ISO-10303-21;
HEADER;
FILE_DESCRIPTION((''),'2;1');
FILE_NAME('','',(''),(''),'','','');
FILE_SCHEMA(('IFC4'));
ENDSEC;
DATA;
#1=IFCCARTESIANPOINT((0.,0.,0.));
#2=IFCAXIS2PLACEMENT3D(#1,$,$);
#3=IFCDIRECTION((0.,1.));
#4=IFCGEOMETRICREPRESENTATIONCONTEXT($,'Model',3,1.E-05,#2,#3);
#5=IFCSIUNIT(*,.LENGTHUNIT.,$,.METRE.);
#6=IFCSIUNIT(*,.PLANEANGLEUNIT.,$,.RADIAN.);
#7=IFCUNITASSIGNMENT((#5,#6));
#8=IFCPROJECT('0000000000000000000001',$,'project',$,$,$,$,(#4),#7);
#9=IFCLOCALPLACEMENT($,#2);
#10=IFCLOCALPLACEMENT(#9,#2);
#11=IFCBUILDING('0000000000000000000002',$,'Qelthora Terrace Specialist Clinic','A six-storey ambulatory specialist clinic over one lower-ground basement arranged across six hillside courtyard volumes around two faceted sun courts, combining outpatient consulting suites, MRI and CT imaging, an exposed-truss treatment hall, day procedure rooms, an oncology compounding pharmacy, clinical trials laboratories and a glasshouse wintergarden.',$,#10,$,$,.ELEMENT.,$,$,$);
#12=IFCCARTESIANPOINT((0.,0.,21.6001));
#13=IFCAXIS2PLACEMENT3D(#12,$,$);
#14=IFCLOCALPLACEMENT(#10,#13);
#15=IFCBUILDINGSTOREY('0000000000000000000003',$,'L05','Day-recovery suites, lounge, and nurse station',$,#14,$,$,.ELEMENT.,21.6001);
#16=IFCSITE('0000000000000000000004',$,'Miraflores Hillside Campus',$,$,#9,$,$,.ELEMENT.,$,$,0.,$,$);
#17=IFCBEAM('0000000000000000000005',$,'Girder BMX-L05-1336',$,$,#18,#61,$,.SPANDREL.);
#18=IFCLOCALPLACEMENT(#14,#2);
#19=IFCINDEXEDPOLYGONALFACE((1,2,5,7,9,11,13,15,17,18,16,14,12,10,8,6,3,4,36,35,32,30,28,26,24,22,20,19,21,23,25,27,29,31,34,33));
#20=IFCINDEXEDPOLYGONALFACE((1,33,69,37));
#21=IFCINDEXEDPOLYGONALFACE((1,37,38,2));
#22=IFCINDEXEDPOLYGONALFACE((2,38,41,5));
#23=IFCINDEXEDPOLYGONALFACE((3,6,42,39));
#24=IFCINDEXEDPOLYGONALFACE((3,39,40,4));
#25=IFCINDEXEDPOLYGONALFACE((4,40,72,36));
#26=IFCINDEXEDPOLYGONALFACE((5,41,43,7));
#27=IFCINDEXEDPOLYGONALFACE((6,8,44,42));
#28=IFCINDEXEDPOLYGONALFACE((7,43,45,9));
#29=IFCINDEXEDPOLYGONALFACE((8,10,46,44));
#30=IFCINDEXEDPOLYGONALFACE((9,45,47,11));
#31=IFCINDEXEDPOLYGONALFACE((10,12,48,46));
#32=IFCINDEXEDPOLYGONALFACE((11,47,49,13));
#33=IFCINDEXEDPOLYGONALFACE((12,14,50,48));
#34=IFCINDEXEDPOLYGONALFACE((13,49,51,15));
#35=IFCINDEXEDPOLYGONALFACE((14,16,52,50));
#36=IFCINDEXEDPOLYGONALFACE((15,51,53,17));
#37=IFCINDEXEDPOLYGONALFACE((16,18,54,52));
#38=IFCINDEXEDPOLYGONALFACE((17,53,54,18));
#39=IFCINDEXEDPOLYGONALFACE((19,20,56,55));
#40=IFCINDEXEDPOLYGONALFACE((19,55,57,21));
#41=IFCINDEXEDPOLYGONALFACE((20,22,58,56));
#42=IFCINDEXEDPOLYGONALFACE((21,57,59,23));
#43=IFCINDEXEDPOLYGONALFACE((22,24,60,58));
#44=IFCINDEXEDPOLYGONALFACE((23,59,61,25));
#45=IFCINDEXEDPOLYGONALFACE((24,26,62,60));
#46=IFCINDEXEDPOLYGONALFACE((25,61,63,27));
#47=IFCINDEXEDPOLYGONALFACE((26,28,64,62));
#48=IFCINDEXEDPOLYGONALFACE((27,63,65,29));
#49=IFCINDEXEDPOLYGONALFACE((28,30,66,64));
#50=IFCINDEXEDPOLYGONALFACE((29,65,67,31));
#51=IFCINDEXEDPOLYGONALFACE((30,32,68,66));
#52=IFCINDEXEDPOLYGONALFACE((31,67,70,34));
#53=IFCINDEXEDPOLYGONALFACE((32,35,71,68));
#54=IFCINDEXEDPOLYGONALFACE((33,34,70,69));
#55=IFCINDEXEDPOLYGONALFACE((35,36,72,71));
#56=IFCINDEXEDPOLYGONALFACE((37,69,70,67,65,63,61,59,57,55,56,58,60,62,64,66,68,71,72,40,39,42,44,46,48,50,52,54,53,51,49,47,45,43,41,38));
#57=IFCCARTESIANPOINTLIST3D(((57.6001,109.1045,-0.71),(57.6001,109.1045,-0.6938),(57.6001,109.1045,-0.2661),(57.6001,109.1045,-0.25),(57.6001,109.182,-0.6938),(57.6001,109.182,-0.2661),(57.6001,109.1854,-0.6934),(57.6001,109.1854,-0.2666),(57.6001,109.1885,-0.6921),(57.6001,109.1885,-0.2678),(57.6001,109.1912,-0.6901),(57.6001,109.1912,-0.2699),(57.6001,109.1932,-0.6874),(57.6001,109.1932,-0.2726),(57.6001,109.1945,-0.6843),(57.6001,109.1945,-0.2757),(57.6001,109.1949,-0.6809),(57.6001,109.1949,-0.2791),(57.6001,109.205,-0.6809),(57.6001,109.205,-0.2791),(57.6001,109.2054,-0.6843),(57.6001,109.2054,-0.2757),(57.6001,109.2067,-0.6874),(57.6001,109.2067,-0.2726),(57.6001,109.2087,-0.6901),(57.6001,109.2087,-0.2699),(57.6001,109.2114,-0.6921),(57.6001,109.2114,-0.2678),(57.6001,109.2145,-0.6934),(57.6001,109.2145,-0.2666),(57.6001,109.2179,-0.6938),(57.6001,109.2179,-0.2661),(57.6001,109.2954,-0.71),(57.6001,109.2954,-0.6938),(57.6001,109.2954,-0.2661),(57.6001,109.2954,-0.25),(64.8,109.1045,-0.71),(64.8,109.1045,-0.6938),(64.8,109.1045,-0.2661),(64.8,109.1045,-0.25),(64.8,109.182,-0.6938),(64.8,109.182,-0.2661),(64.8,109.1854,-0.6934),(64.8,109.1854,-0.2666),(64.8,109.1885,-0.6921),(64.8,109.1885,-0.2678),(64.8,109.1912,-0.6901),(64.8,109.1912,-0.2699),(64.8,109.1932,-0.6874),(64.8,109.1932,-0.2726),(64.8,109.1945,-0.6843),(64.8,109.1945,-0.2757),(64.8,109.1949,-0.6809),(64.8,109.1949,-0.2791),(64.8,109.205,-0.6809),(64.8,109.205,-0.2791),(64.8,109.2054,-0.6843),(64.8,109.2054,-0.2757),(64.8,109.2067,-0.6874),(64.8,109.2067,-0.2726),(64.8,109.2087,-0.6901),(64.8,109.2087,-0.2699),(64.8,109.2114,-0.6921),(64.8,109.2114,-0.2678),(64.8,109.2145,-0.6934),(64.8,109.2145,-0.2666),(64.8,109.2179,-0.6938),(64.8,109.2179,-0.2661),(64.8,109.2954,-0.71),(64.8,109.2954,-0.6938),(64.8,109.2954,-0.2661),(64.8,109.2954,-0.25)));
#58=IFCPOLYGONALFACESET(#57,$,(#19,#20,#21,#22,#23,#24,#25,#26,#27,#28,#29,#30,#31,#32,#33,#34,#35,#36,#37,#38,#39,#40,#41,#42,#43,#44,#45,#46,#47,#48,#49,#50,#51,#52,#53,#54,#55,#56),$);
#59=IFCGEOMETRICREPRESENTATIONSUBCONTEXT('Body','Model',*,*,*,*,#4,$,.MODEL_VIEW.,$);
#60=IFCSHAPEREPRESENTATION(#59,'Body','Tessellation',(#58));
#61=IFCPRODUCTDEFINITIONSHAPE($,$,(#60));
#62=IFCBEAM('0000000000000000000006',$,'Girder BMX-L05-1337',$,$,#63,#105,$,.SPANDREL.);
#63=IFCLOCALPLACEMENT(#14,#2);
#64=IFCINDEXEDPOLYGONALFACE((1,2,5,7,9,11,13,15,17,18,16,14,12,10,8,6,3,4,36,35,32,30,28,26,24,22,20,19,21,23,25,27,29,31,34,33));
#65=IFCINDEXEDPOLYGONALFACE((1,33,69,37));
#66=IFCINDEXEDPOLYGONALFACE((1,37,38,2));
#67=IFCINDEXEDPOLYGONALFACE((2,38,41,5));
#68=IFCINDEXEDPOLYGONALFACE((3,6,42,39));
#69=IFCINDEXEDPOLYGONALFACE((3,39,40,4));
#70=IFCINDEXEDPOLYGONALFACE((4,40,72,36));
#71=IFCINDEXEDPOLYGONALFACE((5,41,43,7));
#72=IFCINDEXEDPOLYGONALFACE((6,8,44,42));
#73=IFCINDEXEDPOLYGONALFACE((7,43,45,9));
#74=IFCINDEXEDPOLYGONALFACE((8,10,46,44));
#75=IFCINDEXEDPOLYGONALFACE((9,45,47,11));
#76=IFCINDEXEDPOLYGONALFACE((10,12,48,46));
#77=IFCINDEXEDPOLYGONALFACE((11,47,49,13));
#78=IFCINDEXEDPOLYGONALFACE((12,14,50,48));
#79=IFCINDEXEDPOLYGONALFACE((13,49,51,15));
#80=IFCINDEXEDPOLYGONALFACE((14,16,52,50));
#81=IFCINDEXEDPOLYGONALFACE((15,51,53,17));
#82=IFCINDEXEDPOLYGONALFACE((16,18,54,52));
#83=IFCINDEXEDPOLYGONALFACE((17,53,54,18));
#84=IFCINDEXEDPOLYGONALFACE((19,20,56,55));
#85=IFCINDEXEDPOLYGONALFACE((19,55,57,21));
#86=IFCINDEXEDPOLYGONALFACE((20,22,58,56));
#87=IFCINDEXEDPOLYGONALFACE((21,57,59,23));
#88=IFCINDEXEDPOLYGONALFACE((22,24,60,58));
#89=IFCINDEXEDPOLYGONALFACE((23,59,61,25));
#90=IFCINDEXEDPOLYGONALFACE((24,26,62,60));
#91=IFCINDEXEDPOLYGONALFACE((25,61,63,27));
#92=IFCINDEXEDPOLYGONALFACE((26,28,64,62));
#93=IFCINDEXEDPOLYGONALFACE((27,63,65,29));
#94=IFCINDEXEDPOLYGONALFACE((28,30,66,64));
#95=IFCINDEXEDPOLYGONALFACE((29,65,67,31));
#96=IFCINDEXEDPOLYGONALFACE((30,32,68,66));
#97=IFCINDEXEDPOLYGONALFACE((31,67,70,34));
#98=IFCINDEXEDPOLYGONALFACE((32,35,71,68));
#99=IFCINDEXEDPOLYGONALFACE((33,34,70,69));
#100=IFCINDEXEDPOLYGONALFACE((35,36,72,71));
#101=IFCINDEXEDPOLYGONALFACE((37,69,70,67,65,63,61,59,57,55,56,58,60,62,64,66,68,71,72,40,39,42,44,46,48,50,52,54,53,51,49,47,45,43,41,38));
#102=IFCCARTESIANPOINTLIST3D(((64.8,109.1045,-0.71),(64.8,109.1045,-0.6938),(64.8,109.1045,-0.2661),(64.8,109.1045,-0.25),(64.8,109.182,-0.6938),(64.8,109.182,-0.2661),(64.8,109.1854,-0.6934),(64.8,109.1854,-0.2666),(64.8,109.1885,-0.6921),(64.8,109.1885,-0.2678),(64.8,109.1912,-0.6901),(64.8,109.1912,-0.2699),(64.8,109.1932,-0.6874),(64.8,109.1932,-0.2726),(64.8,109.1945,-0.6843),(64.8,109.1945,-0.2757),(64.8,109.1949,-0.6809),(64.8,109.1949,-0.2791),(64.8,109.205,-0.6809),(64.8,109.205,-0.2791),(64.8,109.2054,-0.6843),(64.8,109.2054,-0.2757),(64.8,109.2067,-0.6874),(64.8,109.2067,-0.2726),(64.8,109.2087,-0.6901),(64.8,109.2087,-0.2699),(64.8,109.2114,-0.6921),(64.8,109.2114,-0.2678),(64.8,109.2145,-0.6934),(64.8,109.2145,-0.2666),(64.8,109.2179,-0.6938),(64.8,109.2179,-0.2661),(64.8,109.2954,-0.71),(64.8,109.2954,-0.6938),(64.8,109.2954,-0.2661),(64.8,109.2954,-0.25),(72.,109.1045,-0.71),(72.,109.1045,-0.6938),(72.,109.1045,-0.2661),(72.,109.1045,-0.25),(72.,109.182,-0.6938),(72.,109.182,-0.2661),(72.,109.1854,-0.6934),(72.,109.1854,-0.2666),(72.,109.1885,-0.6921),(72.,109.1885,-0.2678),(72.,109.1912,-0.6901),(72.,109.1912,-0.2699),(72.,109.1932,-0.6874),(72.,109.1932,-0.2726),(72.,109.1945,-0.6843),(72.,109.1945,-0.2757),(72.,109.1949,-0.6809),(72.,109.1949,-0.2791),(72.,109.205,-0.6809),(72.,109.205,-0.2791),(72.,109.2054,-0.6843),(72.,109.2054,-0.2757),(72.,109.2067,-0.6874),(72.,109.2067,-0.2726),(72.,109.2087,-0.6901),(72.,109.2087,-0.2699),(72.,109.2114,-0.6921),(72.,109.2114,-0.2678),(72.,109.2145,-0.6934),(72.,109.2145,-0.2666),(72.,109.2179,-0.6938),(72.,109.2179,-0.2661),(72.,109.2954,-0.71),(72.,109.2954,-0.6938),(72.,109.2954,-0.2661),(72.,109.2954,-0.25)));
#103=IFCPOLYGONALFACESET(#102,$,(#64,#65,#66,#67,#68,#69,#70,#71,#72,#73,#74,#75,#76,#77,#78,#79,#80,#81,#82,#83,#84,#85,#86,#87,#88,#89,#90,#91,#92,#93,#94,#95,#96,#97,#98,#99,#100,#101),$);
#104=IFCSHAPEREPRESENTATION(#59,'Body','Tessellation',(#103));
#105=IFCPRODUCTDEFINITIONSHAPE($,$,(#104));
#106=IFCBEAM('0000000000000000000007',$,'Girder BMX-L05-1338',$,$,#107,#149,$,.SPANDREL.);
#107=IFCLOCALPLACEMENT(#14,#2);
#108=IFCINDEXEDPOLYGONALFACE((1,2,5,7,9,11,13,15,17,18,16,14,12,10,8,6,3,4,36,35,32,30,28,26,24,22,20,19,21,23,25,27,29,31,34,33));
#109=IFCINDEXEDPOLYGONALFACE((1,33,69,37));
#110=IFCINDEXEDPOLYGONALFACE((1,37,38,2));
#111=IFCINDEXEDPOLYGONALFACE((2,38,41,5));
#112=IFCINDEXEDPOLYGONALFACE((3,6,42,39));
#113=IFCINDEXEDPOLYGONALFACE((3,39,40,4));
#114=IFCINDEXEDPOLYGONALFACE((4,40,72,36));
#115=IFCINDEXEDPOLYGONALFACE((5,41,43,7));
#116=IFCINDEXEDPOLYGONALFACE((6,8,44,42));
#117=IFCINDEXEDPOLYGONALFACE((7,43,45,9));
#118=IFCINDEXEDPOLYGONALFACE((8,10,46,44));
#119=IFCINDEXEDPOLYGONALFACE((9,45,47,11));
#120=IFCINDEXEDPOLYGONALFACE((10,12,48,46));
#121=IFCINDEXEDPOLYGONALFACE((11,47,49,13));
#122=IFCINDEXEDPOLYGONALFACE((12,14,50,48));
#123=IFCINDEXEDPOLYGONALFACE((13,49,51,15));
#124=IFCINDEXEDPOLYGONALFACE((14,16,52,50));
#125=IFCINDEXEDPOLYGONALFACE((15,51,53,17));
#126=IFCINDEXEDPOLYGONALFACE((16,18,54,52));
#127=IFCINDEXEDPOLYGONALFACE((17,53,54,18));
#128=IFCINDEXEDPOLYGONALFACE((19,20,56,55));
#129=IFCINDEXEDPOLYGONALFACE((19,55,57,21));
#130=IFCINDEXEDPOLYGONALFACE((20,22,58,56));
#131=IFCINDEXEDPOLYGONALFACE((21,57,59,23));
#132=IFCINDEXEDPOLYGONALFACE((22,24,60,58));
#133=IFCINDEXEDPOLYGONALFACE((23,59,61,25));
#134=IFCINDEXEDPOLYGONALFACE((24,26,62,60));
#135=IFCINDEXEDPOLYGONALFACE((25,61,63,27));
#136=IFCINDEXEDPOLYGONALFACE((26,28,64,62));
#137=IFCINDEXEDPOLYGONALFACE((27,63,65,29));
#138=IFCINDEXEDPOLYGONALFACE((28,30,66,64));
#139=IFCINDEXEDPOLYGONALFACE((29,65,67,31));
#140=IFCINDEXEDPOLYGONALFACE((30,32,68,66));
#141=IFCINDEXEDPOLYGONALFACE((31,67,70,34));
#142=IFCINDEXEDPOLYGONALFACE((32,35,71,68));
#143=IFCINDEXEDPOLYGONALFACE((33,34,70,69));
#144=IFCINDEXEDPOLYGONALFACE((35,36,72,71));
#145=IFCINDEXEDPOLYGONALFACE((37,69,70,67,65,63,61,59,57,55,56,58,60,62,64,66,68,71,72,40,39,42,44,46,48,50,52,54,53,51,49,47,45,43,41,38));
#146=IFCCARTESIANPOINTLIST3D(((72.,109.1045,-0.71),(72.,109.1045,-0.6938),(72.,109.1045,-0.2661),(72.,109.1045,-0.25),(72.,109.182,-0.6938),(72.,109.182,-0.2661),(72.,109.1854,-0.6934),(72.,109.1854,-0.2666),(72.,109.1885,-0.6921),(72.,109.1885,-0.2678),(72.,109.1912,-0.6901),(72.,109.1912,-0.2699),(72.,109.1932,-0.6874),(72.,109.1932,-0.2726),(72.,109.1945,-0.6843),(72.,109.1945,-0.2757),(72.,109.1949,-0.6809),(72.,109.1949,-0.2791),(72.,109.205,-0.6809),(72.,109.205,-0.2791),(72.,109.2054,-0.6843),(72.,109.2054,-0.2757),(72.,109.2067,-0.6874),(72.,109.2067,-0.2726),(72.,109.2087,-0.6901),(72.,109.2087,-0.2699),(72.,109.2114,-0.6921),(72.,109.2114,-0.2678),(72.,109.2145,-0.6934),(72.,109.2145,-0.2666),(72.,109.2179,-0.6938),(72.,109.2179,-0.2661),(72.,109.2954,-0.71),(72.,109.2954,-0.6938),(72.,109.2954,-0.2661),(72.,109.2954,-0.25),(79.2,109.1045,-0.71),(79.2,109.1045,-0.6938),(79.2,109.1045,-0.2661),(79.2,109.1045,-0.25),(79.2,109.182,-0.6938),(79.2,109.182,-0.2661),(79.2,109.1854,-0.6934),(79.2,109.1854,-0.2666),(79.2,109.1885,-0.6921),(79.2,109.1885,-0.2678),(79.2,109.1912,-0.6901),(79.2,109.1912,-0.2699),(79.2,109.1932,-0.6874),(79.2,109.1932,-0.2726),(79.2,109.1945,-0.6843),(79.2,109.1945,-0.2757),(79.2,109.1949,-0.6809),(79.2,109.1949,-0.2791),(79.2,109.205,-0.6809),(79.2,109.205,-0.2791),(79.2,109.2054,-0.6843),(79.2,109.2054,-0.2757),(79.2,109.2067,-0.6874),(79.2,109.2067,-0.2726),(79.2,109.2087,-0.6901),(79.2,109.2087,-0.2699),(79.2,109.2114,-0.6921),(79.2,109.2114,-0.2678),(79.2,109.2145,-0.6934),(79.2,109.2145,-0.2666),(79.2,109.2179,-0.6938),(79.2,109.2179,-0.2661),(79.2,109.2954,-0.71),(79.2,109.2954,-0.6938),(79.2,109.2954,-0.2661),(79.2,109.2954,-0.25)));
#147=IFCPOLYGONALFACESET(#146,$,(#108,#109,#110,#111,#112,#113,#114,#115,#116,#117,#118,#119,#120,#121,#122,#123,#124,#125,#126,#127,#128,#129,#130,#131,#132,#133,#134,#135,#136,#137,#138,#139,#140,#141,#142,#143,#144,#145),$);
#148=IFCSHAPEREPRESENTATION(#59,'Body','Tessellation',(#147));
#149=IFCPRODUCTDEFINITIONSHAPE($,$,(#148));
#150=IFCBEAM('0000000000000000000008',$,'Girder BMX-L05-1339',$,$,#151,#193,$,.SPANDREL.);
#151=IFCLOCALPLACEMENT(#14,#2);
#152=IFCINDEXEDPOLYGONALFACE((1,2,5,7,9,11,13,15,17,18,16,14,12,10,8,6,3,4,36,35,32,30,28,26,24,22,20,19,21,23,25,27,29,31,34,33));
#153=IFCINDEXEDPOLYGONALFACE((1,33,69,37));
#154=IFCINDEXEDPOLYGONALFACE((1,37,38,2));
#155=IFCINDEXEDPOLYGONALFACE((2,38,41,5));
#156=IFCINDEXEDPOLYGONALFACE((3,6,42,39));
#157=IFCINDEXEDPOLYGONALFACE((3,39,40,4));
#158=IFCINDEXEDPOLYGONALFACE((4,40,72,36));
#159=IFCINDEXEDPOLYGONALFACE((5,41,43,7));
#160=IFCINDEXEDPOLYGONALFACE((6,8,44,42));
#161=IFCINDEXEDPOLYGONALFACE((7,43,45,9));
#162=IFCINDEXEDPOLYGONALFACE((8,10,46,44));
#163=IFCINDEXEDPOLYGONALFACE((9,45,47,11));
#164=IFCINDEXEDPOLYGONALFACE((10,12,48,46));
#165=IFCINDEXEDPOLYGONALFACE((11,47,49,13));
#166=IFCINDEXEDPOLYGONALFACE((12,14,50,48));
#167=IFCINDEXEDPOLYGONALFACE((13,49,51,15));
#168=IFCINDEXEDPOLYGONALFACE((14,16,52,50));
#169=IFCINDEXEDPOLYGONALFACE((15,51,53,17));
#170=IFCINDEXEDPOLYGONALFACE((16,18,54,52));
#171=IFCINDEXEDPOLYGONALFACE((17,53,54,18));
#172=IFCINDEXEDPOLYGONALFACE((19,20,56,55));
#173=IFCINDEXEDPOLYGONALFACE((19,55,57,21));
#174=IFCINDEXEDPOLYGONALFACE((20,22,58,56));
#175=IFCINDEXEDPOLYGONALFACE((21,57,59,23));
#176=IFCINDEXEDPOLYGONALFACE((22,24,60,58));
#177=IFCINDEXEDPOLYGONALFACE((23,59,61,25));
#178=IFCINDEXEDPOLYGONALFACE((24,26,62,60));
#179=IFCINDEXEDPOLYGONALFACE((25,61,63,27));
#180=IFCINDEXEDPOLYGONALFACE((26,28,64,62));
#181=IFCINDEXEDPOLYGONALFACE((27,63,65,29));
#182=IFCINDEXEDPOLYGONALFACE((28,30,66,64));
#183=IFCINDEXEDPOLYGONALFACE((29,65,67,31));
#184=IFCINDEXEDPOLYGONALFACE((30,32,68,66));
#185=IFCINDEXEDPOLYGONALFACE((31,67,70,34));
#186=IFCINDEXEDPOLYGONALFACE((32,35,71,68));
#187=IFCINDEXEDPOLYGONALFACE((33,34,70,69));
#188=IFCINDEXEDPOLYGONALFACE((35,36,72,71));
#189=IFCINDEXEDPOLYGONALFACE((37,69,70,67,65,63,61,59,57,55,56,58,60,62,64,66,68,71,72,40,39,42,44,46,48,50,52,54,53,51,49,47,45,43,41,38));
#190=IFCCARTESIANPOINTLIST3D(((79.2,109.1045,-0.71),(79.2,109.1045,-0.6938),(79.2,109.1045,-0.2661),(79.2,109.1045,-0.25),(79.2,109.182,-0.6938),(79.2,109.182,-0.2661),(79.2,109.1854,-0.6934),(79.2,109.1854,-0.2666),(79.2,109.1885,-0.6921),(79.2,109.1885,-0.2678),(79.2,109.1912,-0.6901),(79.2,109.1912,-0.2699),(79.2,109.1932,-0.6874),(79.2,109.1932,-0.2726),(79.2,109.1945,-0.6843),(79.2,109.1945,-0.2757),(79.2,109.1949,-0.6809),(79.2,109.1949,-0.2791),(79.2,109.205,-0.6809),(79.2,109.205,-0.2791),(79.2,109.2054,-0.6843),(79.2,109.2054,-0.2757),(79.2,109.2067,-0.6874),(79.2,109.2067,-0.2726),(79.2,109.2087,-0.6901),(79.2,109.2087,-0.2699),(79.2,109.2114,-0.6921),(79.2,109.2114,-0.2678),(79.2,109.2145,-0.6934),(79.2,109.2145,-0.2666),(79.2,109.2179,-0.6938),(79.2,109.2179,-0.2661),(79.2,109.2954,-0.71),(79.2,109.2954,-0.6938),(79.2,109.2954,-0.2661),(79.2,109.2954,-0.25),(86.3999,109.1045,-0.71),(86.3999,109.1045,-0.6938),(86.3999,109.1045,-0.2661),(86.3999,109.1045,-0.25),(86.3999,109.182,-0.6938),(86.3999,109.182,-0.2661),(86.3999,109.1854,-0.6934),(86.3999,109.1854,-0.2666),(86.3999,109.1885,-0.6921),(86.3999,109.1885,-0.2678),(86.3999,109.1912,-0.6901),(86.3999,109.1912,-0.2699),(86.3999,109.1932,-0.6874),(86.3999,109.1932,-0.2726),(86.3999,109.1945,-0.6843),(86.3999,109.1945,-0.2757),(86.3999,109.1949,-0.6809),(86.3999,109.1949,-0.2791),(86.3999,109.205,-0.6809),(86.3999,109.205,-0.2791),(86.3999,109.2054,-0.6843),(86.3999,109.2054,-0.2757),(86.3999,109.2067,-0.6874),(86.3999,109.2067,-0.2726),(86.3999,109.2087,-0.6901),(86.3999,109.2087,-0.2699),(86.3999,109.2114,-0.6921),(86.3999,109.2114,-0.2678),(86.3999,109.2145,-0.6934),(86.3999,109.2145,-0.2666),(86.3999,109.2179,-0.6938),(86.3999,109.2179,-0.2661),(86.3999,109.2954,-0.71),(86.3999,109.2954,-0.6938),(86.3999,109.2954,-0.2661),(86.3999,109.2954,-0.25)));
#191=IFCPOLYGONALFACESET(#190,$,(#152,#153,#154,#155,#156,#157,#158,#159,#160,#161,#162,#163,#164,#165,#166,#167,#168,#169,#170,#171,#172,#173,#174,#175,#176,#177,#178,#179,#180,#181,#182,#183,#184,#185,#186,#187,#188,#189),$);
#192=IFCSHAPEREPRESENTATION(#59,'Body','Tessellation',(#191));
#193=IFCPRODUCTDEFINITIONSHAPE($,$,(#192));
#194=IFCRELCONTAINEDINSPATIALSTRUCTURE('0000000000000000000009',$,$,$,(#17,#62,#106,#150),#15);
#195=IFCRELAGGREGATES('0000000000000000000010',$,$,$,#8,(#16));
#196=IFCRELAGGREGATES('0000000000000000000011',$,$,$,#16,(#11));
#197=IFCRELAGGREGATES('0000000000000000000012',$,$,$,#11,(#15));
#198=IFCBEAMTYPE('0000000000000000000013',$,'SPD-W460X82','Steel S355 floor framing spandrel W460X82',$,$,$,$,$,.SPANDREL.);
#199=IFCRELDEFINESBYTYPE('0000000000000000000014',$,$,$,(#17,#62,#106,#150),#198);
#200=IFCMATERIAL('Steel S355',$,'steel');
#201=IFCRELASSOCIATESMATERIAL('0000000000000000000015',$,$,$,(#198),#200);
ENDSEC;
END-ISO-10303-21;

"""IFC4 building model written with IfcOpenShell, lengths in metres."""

from ifc_helpers import new_model, si_unit, direction, frame, origin, origin_2d, place, context, subcontext, project, spatial, i_section, extrude, material, material_profile, profile_set, type_object, element, save


model = new_model("IFC4")

# Units and contexts
model_context = context("Model", 3, precision=1e-05, world=origin(), true_north=direction((0.0, 1.0)))
body_context = subcontext(model_context, "Body", "Model", "MODEL_VIEW")
ifc_project = project(units=[si_unit("LENGTHUNIT", "METRE"), si_unit("PLANEANGLEUNIT", "RADIAN")], contexts=[model_context])

# Site, building, storey
site_placement = place(None, origin())
site = spatial("IfcSite", under=ifc_project, at=site_placement, Name="Miraflores Hillside Campus", CompositionType="ELEMENT", RefElevation=0.0)
building_placement = place(site_placement, origin())
building = spatial("IfcBuilding", under=site, at=building_placement, Name="Qelthora Terrace Specialist Clinic", Description="A six-storey ambulatory specialist clinic over one lower-ground basement arranged across six hillside courtyard volumes around two faceted sun courts, combining outpatient consulting suites, MRI and CT imaging, an exposed-truss treatment hall, day procedure rooms, an oncology compounding pharmacy, clinical trials laboratories and a glasshouse wintergarden.", CompositionType="ELEMENT")
storey_placement = place(building_placement, frame((0.0, 0.0, 21.6001)))
storey = spatial("IfcBuildingStorey", under=building, at=storey_placement, Name="L05", Description="Day-recovery suites, lounge, and nurse station", CompositionType="ELEMENT", Elevation=21.6001)

# Beams
ifc_material_1 = material(Name="Steel S355", Category="steel")
ifc_material_profile_1 = material_profile(ifc_material_1, i_section(OverallWidth=0.1909, OverallDepth=0.46, WebThickness=0.01, FlangeThickness=0.0161, FilletRadius=0.0129, at=origin_2d()), Name="W460X82")
ifc_profile_set_1 = profile_set([ifc_material_profile_1], Name="Steel S355")
beam_type_1 = type_object("IfcBeamType", Name="SPD-W460X82", Description="Steel S355 floor framing spandrel W460X82", PredefinedType="SPANDREL", material=ifc_profile_set_1)
for number, where, z_axis, x_axis, name in (
    (1, (57.6001, 109.2, -0.48), (1.0, 0.0, 0.0), (0.0, 1.0, 0.0), "Girder BMX-L05-1336"),
    (2, (64.8, 109.2, -0.48), (1.0, 0.0, 0.0), (0.0, 1.0, 0.0), "Girder BMX-L05-1337"),
    (3, (72.0, 109.2, -0.48), (1.0, 0.0, 0.0), (0.0, 1.0, 0.0), "Girder BMX-L05-1338"),
    (4, (79.2, 109.2, -0.48), (1.0, 0.0, 0.0), (0.0, 1.0, 0.0), "Girder BMX-L05-1339"),
):
    element("IfcBeam", number, at=place(storey_placement, frame(where, z_axis=z_axis, x_axis=x_axis)), inside=storey, type_object=beam_type_1, Name=name, PredefinedType="SPANDREL", context=body_context, shape_type="SweptSolid", body=[
        extrude(i_section(OverallWidth=0.1909, OverallDepth=0.46, WebThickness=0.01, FlangeThickness=0.0161, FilletRadius=0.0129, at=origin_2d()), origin(), (0.0, 0.0, 1.0), 7.2),
    ])

save(model, "model.ifc")
